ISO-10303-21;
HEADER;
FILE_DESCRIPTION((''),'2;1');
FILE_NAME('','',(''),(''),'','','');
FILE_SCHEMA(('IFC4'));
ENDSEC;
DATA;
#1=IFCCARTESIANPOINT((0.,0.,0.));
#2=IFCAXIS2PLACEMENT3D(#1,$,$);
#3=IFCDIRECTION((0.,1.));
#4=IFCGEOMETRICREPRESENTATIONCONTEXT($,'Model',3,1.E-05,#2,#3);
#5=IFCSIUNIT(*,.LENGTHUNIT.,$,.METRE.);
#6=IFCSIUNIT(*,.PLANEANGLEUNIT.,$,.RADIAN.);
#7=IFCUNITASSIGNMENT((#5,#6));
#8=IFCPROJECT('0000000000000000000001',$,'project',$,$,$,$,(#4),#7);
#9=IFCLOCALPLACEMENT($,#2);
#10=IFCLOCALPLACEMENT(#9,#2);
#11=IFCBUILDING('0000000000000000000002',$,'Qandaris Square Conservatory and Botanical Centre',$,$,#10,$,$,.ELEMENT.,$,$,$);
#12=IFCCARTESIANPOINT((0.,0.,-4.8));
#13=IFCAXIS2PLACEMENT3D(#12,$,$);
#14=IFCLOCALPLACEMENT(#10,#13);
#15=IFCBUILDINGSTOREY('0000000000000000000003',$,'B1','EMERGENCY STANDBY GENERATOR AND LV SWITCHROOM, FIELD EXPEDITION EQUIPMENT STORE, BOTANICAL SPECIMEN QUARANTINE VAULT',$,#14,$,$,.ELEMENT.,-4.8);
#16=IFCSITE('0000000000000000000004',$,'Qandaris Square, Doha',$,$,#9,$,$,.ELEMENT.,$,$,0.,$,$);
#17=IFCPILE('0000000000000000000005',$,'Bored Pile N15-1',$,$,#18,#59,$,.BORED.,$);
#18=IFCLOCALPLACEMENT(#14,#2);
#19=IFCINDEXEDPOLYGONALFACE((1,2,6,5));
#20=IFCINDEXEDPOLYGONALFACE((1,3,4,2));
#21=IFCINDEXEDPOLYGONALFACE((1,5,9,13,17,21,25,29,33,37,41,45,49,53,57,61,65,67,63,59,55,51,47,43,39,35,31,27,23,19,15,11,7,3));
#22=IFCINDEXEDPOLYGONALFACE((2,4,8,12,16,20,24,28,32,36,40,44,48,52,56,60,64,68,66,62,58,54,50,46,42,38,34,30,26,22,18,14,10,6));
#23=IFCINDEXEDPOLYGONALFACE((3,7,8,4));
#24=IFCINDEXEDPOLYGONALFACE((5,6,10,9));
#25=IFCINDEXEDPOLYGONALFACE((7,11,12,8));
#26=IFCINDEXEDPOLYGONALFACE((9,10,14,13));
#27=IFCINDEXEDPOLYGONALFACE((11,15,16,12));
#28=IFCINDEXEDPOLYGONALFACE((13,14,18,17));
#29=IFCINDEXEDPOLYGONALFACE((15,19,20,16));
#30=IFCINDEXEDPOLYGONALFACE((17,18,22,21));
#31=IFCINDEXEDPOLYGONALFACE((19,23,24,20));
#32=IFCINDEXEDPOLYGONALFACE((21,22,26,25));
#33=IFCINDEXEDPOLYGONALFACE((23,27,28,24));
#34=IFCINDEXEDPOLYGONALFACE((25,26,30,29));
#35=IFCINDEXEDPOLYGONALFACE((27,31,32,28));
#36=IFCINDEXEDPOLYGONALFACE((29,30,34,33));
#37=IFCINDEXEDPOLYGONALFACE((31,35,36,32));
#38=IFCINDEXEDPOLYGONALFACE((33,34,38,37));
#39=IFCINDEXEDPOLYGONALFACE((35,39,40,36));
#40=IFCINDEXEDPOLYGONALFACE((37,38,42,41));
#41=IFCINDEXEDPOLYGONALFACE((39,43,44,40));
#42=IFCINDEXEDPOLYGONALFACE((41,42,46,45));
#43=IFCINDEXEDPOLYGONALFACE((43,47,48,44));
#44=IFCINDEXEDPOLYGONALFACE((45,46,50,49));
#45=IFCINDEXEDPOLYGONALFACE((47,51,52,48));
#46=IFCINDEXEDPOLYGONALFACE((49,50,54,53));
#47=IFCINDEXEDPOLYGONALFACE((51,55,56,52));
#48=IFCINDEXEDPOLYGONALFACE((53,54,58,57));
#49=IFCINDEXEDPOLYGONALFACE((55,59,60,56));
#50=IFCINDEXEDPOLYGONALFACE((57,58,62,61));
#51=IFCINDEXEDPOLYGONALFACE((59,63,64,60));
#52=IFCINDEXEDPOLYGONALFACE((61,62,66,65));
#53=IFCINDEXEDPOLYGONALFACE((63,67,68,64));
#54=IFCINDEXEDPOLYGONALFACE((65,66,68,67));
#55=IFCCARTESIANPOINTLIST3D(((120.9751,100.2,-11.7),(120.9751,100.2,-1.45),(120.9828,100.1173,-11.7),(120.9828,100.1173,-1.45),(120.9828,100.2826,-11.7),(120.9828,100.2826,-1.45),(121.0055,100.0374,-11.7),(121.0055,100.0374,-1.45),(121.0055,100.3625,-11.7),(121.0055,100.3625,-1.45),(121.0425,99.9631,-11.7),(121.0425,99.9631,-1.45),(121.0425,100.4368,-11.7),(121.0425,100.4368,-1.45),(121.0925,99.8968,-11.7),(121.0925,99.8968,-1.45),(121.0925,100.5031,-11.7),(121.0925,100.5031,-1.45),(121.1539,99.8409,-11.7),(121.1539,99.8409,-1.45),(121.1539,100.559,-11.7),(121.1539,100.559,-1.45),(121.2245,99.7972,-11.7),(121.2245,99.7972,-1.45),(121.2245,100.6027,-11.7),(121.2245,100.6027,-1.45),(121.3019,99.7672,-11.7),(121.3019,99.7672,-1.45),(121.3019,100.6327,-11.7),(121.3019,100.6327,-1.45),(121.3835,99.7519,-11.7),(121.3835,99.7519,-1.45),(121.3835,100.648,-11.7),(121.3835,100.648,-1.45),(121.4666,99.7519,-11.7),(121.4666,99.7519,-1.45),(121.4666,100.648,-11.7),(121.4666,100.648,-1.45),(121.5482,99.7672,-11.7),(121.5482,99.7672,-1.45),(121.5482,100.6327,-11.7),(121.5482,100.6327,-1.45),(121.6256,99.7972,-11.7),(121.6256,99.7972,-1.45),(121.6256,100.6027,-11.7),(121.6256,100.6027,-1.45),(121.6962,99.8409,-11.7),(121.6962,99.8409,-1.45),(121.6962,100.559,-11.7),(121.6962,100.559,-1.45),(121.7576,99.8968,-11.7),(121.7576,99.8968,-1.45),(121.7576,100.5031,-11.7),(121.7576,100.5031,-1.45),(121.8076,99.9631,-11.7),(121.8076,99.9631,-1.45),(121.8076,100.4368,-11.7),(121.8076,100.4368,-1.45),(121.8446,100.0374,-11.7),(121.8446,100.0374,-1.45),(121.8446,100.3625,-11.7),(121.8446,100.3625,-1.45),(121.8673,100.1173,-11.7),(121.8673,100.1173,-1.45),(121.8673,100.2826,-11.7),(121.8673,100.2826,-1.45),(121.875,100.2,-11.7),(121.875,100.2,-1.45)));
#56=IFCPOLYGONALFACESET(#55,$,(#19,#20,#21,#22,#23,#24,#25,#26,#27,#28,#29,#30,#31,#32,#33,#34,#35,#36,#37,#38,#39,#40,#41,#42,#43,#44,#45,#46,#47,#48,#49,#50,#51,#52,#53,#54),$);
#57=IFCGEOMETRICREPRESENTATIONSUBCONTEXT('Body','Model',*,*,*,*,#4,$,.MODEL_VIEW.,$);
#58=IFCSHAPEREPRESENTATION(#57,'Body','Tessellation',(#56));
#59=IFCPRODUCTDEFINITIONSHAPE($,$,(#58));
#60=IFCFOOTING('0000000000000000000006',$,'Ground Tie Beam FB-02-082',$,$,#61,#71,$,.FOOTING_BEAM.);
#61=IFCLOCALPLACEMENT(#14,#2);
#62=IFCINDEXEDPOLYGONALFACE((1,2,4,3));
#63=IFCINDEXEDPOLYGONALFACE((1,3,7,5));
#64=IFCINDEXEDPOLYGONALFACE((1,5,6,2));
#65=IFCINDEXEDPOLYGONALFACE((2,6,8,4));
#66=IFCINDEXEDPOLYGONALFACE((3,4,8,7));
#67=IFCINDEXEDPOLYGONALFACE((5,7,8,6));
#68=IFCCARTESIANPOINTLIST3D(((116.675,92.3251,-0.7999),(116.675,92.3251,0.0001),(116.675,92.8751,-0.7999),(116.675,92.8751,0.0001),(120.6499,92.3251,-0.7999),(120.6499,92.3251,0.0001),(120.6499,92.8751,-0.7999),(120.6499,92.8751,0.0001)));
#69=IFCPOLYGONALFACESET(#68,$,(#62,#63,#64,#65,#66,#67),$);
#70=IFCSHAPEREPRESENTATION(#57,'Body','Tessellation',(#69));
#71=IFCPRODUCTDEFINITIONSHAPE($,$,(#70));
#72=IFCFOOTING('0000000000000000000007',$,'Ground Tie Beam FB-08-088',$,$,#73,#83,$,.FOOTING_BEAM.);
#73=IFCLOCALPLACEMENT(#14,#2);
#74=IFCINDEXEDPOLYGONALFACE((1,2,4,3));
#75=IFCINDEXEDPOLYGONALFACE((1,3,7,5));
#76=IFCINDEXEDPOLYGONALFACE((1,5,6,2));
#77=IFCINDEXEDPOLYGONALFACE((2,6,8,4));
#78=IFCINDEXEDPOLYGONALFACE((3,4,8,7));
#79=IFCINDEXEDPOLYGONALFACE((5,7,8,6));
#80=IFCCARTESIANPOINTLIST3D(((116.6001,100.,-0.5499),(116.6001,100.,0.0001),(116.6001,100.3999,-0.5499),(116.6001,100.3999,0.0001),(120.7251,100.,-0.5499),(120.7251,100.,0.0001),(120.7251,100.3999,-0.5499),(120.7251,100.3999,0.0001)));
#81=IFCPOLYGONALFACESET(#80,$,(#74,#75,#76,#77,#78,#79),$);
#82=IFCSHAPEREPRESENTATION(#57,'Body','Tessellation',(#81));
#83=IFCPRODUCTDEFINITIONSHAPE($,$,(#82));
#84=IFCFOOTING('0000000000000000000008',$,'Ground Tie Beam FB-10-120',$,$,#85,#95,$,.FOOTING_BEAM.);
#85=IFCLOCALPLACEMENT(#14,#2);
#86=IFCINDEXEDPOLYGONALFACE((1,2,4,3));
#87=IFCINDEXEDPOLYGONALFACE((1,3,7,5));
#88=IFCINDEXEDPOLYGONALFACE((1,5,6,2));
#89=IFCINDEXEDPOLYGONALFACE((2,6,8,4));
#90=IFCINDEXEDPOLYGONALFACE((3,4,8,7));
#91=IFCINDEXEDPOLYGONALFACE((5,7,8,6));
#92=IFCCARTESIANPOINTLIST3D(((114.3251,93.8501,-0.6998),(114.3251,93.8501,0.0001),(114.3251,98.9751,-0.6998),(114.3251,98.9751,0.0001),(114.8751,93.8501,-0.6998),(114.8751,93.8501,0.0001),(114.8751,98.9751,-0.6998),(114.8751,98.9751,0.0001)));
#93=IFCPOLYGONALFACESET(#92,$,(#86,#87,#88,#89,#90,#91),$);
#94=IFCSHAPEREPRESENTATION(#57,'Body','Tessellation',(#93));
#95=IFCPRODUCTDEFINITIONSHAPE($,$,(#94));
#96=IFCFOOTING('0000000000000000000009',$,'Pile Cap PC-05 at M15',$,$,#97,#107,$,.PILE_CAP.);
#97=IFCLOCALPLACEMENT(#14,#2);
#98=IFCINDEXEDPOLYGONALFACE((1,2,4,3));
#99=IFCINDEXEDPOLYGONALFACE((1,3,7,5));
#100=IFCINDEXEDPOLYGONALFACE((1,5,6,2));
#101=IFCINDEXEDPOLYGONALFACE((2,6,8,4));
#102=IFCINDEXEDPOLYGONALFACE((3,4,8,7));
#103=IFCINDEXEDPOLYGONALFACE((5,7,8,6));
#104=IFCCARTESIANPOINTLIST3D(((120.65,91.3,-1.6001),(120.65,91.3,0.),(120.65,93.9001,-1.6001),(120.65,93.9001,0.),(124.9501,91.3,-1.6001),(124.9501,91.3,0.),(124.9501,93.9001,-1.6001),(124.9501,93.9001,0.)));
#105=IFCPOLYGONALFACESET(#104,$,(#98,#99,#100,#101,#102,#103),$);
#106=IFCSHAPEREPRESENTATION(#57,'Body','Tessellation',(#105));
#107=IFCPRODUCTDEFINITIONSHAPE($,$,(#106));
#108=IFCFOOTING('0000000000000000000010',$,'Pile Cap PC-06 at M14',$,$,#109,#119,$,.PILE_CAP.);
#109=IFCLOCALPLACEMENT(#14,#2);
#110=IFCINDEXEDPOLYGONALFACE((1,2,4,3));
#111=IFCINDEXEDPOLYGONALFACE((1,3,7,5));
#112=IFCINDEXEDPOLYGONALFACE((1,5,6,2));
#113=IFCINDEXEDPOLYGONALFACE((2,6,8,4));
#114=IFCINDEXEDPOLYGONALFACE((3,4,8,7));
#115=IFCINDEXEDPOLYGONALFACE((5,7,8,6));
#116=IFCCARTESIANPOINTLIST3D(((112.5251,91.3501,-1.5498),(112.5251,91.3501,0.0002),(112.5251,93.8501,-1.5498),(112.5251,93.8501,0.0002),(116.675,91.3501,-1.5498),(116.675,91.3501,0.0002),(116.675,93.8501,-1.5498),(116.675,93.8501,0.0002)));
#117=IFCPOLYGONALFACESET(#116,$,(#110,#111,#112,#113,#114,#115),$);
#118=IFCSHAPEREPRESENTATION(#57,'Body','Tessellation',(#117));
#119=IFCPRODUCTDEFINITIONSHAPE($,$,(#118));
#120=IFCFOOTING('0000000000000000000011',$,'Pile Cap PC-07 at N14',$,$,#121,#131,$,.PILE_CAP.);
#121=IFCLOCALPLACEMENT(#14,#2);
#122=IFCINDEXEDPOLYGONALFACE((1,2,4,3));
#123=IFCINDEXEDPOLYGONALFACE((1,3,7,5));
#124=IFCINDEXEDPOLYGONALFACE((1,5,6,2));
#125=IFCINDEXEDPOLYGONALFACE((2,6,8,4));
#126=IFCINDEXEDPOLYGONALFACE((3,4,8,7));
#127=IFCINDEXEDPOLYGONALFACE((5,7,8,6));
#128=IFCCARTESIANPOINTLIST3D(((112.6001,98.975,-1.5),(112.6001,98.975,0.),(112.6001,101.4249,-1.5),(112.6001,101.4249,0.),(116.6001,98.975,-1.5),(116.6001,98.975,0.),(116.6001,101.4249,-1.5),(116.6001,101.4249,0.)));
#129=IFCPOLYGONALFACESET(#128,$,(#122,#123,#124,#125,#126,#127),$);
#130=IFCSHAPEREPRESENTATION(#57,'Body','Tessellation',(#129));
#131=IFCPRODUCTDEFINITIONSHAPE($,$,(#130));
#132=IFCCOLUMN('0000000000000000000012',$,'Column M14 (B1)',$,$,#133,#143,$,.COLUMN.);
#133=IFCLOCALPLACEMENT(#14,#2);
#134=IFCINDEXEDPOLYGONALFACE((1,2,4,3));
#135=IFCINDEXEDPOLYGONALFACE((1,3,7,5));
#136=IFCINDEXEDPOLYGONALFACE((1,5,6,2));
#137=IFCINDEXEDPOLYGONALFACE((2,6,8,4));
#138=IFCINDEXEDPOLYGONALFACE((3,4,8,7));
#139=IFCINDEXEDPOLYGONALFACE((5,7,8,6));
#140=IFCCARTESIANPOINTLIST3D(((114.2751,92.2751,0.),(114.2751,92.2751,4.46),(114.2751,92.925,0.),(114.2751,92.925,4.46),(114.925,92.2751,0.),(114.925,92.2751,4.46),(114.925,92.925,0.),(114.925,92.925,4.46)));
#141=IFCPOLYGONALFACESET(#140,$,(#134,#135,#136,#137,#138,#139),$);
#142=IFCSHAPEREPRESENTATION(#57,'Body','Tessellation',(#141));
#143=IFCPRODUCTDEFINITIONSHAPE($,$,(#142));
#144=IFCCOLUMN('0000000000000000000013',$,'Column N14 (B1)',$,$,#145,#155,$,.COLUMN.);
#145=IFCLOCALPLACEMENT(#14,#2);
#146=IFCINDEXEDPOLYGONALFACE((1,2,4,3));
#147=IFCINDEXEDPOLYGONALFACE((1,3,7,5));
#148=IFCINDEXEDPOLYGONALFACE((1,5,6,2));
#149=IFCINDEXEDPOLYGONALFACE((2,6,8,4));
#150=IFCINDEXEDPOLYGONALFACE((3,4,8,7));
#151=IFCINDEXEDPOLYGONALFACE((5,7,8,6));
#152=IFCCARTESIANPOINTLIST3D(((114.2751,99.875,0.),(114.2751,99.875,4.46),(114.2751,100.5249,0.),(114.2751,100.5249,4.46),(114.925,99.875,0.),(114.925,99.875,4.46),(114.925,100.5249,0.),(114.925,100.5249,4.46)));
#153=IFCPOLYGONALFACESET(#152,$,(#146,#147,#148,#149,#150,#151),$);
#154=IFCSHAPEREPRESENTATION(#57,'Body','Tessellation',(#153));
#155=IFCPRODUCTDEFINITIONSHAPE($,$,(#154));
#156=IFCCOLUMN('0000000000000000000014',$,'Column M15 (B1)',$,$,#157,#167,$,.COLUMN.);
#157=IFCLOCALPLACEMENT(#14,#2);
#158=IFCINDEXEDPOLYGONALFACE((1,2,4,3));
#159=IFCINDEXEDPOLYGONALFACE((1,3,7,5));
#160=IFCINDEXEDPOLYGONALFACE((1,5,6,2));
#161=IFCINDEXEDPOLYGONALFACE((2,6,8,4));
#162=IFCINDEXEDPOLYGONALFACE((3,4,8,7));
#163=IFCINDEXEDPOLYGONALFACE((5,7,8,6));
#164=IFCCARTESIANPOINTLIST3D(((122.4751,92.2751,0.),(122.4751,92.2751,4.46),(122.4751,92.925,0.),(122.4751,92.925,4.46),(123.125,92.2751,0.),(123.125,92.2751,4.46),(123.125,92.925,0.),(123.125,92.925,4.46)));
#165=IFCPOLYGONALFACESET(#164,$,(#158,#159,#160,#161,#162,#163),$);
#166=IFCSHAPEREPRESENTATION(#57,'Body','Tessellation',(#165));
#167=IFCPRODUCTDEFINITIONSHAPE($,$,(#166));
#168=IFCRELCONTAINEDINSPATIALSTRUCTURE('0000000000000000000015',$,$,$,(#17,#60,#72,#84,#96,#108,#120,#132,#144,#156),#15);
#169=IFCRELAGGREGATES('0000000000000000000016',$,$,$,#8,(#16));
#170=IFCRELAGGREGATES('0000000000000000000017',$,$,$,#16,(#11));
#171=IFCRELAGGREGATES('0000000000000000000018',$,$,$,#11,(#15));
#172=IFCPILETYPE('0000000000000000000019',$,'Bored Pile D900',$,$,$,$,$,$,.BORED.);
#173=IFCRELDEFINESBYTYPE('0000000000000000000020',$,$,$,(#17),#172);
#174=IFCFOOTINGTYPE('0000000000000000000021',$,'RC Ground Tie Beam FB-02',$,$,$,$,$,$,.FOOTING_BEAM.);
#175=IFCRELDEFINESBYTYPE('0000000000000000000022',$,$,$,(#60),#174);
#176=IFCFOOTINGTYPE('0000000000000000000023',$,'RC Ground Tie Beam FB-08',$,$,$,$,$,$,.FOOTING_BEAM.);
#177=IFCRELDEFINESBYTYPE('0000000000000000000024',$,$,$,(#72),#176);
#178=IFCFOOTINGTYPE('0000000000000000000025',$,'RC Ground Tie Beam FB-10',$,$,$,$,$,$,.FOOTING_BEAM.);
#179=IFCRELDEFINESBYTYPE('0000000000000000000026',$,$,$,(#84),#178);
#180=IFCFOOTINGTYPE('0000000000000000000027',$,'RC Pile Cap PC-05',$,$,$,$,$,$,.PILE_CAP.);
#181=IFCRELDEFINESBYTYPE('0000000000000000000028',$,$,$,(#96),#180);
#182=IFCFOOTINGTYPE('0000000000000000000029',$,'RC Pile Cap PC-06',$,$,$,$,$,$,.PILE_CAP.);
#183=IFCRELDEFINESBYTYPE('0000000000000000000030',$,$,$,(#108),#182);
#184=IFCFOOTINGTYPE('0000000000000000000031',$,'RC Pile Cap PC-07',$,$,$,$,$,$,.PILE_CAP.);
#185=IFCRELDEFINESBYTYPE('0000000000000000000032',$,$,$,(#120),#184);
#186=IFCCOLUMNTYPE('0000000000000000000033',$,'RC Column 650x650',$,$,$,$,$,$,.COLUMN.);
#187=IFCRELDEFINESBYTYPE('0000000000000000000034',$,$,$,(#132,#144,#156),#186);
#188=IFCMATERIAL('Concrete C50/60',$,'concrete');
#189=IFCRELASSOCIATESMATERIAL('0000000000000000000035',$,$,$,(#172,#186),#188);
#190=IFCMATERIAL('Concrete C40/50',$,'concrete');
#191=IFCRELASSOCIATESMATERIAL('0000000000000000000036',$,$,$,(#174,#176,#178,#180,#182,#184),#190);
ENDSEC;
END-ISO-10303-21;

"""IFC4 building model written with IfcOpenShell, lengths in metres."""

from ifc_helpers import new_model, si_unit, direction, frame, origin, origin_2d, place, context, subcontext, project, spatial, rectangle, circle, extrude, material, material_profile, profile_set, type_object, element, save


model = new_model("IFC4")

# Units and contexts
model_context = context("Model", 3, precision=1e-05, world=origin(), true_north=direction((0.0, 1.0)))
body_context = subcontext(model_context, "Body", "Model", "MODEL_VIEW")
ifc_project = project(units=[si_unit("LENGTHUNIT", "METRE"), si_unit("PLANEANGLEUNIT", "RADIAN")], contexts=[model_context])

# Site, building, storey
site_placement = place(None, origin())
site = spatial("IfcSite", under=ifc_project, at=site_placement, Name="Qandaris Square, Doha", CompositionType="ELEMENT", RefElevation=0.0)
building_placement = place(site_placement, origin())
building = spatial("IfcBuilding", under=site, at=building_placement, Name="Qandaris Square Conservatory and Botanical Centre", CompositionType="ELEMENT")
storey_placement = place(building_placement, frame((0.0, 0.0, -4.8)))
storey = spatial("IfcBuildingStorey", under=building, at=storey_placement, Name="B1", Description="EMERGENCY STANDBY GENERATOR AND LV SWITCHROOM, FIELD EXPEDITION EQUIPMENT STORE, BOTANICAL SPECIMEN QUARANTINE VAULT", CompositionType="ELEMENT", Elevation=-4.8)

# Pile
ifc_material_1 = material(Name="Concrete C50/60", Category="concrete")
ifc_material_profile_1 = material_profile(ifc_material_1, circle(Radius=0.45, at=origin_2d()), Name="PILE D900")
ifc_profile_set_1 = profile_set([ifc_material_profile_1], Name="Concrete C50/60")
pile_type = type_object("IfcPileType", Name="Bored Pile D900", PredefinedType="BORED", material=ifc_profile_set_1)
pile_1_placement = place(storey_placement, frame((121.425, 100.2, -1.45), z_axis=(0.0, 0.0, -1.0), x_axis=(1.0, 0.0, 0.0)))
element("IfcPile", 1, at=pile_1_placement, inside=storey, type_object=pile_type, Name="Bored Pile N15-1", PredefinedType="BORED", context=body_context, shape_type="SweptSolid", body=[
    extrude(circle(Radius=0.45, at=origin_2d()), origin(), (0.0, 0.0, 1.0), 10.25),
])

# Footings
ifc_material_2 = material(Name="Concrete C40/50", Category="concrete")
ifc_material_profile_2 = material_profile(ifc_material_2, rectangle(XDim=0.55, YDim=0.8, at=origin_2d()), Name="FB 550x800")
ifc_profile_set_2 = profile_set([ifc_material_profile_2], Name="Concrete C40/50")
footing_type_1 = type_object("IfcFootingType", Name="RC Ground Tie Beam FB-02", PredefinedType="FOOTING_BEAM", material=ifc_profile_set_2)
footing_1_placement = place(storey_placement, frame((116.675, 92.6001, -0.3999), z_axis=(1.0, 0.0, 0.0), x_axis=(0.0, 1.0, 0.0)))
element("IfcFooting", 2, at=footing_1_placement, inside=storey, type_object=footing_type_1, Name="Ground Tie Beam FB-02-082", PredefinedType="FOOTING_BEAM", context=body_context, shape_type="SweptSolid", body=[
    extrude(rectangle(XDim=0.55, YDim=0.8, at=origin_2d()), origin(), (0.0, 0.0, 1.0), 3.9749),
])
ifc_material_profile_3 = material_profile(ifc_material_2, rectangle(XDim=0.3999, YDim=0.55, at=origin_2d()), Name="FB 400x550")
ifc_profile_set_3 = profile_set([ifc_material_profile_3], Name="Concrete C40/50")
footing_type_2 = type_object("IfcFootingType", Name="RC Ground Tie Beam FB-08", PredefinedType="FOOTING_BEAM", material=ifc_profile_set_3)
footing_2_placement = place(storey_placement, frame((116.6001, 100.2, -0.2749), z_axis=(1.0, 0.0, 0.0), x_axis=(0.0, 1.0, 0.0)))
element("IfcFooting", 3, at=footing_2_placement, inside=storey, type_object=footing_type_2, Name="Ground Tie Beam FB-08-088", PredefinedType="FOOTING_BEAM", context=body_context, shape_type="SweptSolid", body=[
    extrude(rectangle(XDim=0.3999, YDim=0.55, at=origin_2d()), origin(), (0.0, 0.0, 1.0), 4.125),
])
ifc_material_profile_4 = material_profile(ifc_material_2, rectangle(XDim=0.55, YDim=0.7, at=origin_2d()), Name="FB 550x700")
ifc_profile_set_4 = profile_set([ifc_material_profile_4], Name="Concrete C40/50")
footing_type_3 = type_object("IfcFootingType", Name="RC Ground Tie Beam FB-10", PredefinedType="FOOTING_BEAM", material=ifc_profile_set_4)
footing_3_placement = place(storey_placement, frame((114.6001, 93.8501, -0.3499), z_axis=(0.0, 1.0, 0.0), x_axis=(-1.0, 0.0, 0.0)))
element("IfcFooting", 4, at=footing_3_placement, inside=storey, type_object=footing_type_3, Name="Ground Tie Beam FB-10-120", PredefinedType="FOOTING_BEAM", context=body_context, shape_type="SweptSolid", body=[
    extrude(rectangle(XDim=0.55, YDim=0.7, at=origin_2d()), origin(), (0.0, 0.0, 1.0), 5.125),
])
footing_type_4 = type_object("IfcFootingType", Name="RC Pile Cap PC-05", PredefinedType="PILE_CAP", material=ifc_material_2)
footing_4_placement = place(storey_placement, frame((122.8, 92.6001, -1.6001), z_axis=(0.0, 0.0, 1.0), x_axis=(1.0, 0.0, 0.0)))
element("IfcFooting", 5, at=footing_4_placement, inside=storey, type_object=footing_type_4, Name="Pile Cap PC-05 at M15", PredefinedType="PILE_CAP", context=body_context, shape_type="SweptSolid", body=[
    extrude(rectangle(XDim=4.3, YDim=2.6001, at=origin_2d()), origin(), (0.0, 0.0, 1.0), 1.6001),
])
footing_type_5 = type_object("IfcFootingType", Name="RC Pile Cap PC-06", PredefinedType="PILE_CAP", material=ifc_material_2)
footing_5_placement = place(storey_placement, frame((114.6001, 92.6001, -1.5498), z_axis=(0.0, 0.0, 1.0), x_axis=(1.0, 0.0, 0.0)))
element("IfcFooting", 6, at=footing_5_placement, inside=storey, type_object=footing_type_5, Name="Pile Cap PC-06 at M14", PredefinedType="PILE_CAP", context=body_context, shape_type="SweptSolid", body=[
    extrude(rectangle(XDim=4.1499, YDim=2.5, at=origin_2d()), origin(), (0.0, 0.0, 1.0), 1.55),
])
footing_type_6 = type_object("IfcFootingType", Name="RC Pile Cap PC-07", PredefinedType="PILE_CAP", material=ifc_material_2)
footing_6_placement = place(storey_placement, frame((114.6001, 100.2, -1.5), z_axis=(0.0, 0.0, 1.0), x_axis=(1.0, 0.0, 0.0)))
element("IfcFooting", 7, at=footing_6_placement, inside=storey, type_object=footing_type_6, Name="Pile Cap PC-07 at N14", PredefinedType="PILE_CAP", context=body_context, shape_type="SweptSolid", body=[
    extrude(rectangle(XDim=4.0, YDim=2.45, at=origin_2d()), origin(), (0.0, 0.0, 1.0), 1.5),
])

# Columns
ifc_material_profile_5 = material_profile(ifc_material_1, rectangle(XDim=0.6499, YDim=0.6499, at=origin_2d()), Name="RC-COL 650x650")
ifc_profile_set_5 = profile_set([ifc_material_profile_5], Name="Concrete C50/60")
column_type = type_object("IfcColumnType", Name="RC Column 650x650", PredefinedType="COLUMN", material=ifc_profile_set_5)
for number, where, z_axis, x_axis, name in (
    (8, (114.6001, 92.6001, 0.0), (0.0, 0.0, 1.0), (1.0, 0.0, 0.0), "Column M14 (B1)"),
    (9, (114.6001, 100.2, 0.0), (0.0, 0.0, 1.0), (1.0, 0.0, 0.0), "Column N14 (B1)"),
    (10, (122.8, 92.6001, 0.0), (0.0, 0.0, 1.0), (1.0, 0.0, 0.0), "Column M15 (B1)"),
):
    element("IfcColumn", number, at=place(storey_placement, frame(where, z_axis=z_axis, x_axis=x_axis)), inside=storey, type_object=column_type, Name=name, PredefinedType="COLUMN", context=body_context, shape_type="SweptSolid", body=[
        extrude(rectangle(XDim=0.6499, YDim=0.6499, at=origin_2d()), origin(), (0.0, 0.0, 1.0), 4.46),
    ])

save(model, "model.ifc")
